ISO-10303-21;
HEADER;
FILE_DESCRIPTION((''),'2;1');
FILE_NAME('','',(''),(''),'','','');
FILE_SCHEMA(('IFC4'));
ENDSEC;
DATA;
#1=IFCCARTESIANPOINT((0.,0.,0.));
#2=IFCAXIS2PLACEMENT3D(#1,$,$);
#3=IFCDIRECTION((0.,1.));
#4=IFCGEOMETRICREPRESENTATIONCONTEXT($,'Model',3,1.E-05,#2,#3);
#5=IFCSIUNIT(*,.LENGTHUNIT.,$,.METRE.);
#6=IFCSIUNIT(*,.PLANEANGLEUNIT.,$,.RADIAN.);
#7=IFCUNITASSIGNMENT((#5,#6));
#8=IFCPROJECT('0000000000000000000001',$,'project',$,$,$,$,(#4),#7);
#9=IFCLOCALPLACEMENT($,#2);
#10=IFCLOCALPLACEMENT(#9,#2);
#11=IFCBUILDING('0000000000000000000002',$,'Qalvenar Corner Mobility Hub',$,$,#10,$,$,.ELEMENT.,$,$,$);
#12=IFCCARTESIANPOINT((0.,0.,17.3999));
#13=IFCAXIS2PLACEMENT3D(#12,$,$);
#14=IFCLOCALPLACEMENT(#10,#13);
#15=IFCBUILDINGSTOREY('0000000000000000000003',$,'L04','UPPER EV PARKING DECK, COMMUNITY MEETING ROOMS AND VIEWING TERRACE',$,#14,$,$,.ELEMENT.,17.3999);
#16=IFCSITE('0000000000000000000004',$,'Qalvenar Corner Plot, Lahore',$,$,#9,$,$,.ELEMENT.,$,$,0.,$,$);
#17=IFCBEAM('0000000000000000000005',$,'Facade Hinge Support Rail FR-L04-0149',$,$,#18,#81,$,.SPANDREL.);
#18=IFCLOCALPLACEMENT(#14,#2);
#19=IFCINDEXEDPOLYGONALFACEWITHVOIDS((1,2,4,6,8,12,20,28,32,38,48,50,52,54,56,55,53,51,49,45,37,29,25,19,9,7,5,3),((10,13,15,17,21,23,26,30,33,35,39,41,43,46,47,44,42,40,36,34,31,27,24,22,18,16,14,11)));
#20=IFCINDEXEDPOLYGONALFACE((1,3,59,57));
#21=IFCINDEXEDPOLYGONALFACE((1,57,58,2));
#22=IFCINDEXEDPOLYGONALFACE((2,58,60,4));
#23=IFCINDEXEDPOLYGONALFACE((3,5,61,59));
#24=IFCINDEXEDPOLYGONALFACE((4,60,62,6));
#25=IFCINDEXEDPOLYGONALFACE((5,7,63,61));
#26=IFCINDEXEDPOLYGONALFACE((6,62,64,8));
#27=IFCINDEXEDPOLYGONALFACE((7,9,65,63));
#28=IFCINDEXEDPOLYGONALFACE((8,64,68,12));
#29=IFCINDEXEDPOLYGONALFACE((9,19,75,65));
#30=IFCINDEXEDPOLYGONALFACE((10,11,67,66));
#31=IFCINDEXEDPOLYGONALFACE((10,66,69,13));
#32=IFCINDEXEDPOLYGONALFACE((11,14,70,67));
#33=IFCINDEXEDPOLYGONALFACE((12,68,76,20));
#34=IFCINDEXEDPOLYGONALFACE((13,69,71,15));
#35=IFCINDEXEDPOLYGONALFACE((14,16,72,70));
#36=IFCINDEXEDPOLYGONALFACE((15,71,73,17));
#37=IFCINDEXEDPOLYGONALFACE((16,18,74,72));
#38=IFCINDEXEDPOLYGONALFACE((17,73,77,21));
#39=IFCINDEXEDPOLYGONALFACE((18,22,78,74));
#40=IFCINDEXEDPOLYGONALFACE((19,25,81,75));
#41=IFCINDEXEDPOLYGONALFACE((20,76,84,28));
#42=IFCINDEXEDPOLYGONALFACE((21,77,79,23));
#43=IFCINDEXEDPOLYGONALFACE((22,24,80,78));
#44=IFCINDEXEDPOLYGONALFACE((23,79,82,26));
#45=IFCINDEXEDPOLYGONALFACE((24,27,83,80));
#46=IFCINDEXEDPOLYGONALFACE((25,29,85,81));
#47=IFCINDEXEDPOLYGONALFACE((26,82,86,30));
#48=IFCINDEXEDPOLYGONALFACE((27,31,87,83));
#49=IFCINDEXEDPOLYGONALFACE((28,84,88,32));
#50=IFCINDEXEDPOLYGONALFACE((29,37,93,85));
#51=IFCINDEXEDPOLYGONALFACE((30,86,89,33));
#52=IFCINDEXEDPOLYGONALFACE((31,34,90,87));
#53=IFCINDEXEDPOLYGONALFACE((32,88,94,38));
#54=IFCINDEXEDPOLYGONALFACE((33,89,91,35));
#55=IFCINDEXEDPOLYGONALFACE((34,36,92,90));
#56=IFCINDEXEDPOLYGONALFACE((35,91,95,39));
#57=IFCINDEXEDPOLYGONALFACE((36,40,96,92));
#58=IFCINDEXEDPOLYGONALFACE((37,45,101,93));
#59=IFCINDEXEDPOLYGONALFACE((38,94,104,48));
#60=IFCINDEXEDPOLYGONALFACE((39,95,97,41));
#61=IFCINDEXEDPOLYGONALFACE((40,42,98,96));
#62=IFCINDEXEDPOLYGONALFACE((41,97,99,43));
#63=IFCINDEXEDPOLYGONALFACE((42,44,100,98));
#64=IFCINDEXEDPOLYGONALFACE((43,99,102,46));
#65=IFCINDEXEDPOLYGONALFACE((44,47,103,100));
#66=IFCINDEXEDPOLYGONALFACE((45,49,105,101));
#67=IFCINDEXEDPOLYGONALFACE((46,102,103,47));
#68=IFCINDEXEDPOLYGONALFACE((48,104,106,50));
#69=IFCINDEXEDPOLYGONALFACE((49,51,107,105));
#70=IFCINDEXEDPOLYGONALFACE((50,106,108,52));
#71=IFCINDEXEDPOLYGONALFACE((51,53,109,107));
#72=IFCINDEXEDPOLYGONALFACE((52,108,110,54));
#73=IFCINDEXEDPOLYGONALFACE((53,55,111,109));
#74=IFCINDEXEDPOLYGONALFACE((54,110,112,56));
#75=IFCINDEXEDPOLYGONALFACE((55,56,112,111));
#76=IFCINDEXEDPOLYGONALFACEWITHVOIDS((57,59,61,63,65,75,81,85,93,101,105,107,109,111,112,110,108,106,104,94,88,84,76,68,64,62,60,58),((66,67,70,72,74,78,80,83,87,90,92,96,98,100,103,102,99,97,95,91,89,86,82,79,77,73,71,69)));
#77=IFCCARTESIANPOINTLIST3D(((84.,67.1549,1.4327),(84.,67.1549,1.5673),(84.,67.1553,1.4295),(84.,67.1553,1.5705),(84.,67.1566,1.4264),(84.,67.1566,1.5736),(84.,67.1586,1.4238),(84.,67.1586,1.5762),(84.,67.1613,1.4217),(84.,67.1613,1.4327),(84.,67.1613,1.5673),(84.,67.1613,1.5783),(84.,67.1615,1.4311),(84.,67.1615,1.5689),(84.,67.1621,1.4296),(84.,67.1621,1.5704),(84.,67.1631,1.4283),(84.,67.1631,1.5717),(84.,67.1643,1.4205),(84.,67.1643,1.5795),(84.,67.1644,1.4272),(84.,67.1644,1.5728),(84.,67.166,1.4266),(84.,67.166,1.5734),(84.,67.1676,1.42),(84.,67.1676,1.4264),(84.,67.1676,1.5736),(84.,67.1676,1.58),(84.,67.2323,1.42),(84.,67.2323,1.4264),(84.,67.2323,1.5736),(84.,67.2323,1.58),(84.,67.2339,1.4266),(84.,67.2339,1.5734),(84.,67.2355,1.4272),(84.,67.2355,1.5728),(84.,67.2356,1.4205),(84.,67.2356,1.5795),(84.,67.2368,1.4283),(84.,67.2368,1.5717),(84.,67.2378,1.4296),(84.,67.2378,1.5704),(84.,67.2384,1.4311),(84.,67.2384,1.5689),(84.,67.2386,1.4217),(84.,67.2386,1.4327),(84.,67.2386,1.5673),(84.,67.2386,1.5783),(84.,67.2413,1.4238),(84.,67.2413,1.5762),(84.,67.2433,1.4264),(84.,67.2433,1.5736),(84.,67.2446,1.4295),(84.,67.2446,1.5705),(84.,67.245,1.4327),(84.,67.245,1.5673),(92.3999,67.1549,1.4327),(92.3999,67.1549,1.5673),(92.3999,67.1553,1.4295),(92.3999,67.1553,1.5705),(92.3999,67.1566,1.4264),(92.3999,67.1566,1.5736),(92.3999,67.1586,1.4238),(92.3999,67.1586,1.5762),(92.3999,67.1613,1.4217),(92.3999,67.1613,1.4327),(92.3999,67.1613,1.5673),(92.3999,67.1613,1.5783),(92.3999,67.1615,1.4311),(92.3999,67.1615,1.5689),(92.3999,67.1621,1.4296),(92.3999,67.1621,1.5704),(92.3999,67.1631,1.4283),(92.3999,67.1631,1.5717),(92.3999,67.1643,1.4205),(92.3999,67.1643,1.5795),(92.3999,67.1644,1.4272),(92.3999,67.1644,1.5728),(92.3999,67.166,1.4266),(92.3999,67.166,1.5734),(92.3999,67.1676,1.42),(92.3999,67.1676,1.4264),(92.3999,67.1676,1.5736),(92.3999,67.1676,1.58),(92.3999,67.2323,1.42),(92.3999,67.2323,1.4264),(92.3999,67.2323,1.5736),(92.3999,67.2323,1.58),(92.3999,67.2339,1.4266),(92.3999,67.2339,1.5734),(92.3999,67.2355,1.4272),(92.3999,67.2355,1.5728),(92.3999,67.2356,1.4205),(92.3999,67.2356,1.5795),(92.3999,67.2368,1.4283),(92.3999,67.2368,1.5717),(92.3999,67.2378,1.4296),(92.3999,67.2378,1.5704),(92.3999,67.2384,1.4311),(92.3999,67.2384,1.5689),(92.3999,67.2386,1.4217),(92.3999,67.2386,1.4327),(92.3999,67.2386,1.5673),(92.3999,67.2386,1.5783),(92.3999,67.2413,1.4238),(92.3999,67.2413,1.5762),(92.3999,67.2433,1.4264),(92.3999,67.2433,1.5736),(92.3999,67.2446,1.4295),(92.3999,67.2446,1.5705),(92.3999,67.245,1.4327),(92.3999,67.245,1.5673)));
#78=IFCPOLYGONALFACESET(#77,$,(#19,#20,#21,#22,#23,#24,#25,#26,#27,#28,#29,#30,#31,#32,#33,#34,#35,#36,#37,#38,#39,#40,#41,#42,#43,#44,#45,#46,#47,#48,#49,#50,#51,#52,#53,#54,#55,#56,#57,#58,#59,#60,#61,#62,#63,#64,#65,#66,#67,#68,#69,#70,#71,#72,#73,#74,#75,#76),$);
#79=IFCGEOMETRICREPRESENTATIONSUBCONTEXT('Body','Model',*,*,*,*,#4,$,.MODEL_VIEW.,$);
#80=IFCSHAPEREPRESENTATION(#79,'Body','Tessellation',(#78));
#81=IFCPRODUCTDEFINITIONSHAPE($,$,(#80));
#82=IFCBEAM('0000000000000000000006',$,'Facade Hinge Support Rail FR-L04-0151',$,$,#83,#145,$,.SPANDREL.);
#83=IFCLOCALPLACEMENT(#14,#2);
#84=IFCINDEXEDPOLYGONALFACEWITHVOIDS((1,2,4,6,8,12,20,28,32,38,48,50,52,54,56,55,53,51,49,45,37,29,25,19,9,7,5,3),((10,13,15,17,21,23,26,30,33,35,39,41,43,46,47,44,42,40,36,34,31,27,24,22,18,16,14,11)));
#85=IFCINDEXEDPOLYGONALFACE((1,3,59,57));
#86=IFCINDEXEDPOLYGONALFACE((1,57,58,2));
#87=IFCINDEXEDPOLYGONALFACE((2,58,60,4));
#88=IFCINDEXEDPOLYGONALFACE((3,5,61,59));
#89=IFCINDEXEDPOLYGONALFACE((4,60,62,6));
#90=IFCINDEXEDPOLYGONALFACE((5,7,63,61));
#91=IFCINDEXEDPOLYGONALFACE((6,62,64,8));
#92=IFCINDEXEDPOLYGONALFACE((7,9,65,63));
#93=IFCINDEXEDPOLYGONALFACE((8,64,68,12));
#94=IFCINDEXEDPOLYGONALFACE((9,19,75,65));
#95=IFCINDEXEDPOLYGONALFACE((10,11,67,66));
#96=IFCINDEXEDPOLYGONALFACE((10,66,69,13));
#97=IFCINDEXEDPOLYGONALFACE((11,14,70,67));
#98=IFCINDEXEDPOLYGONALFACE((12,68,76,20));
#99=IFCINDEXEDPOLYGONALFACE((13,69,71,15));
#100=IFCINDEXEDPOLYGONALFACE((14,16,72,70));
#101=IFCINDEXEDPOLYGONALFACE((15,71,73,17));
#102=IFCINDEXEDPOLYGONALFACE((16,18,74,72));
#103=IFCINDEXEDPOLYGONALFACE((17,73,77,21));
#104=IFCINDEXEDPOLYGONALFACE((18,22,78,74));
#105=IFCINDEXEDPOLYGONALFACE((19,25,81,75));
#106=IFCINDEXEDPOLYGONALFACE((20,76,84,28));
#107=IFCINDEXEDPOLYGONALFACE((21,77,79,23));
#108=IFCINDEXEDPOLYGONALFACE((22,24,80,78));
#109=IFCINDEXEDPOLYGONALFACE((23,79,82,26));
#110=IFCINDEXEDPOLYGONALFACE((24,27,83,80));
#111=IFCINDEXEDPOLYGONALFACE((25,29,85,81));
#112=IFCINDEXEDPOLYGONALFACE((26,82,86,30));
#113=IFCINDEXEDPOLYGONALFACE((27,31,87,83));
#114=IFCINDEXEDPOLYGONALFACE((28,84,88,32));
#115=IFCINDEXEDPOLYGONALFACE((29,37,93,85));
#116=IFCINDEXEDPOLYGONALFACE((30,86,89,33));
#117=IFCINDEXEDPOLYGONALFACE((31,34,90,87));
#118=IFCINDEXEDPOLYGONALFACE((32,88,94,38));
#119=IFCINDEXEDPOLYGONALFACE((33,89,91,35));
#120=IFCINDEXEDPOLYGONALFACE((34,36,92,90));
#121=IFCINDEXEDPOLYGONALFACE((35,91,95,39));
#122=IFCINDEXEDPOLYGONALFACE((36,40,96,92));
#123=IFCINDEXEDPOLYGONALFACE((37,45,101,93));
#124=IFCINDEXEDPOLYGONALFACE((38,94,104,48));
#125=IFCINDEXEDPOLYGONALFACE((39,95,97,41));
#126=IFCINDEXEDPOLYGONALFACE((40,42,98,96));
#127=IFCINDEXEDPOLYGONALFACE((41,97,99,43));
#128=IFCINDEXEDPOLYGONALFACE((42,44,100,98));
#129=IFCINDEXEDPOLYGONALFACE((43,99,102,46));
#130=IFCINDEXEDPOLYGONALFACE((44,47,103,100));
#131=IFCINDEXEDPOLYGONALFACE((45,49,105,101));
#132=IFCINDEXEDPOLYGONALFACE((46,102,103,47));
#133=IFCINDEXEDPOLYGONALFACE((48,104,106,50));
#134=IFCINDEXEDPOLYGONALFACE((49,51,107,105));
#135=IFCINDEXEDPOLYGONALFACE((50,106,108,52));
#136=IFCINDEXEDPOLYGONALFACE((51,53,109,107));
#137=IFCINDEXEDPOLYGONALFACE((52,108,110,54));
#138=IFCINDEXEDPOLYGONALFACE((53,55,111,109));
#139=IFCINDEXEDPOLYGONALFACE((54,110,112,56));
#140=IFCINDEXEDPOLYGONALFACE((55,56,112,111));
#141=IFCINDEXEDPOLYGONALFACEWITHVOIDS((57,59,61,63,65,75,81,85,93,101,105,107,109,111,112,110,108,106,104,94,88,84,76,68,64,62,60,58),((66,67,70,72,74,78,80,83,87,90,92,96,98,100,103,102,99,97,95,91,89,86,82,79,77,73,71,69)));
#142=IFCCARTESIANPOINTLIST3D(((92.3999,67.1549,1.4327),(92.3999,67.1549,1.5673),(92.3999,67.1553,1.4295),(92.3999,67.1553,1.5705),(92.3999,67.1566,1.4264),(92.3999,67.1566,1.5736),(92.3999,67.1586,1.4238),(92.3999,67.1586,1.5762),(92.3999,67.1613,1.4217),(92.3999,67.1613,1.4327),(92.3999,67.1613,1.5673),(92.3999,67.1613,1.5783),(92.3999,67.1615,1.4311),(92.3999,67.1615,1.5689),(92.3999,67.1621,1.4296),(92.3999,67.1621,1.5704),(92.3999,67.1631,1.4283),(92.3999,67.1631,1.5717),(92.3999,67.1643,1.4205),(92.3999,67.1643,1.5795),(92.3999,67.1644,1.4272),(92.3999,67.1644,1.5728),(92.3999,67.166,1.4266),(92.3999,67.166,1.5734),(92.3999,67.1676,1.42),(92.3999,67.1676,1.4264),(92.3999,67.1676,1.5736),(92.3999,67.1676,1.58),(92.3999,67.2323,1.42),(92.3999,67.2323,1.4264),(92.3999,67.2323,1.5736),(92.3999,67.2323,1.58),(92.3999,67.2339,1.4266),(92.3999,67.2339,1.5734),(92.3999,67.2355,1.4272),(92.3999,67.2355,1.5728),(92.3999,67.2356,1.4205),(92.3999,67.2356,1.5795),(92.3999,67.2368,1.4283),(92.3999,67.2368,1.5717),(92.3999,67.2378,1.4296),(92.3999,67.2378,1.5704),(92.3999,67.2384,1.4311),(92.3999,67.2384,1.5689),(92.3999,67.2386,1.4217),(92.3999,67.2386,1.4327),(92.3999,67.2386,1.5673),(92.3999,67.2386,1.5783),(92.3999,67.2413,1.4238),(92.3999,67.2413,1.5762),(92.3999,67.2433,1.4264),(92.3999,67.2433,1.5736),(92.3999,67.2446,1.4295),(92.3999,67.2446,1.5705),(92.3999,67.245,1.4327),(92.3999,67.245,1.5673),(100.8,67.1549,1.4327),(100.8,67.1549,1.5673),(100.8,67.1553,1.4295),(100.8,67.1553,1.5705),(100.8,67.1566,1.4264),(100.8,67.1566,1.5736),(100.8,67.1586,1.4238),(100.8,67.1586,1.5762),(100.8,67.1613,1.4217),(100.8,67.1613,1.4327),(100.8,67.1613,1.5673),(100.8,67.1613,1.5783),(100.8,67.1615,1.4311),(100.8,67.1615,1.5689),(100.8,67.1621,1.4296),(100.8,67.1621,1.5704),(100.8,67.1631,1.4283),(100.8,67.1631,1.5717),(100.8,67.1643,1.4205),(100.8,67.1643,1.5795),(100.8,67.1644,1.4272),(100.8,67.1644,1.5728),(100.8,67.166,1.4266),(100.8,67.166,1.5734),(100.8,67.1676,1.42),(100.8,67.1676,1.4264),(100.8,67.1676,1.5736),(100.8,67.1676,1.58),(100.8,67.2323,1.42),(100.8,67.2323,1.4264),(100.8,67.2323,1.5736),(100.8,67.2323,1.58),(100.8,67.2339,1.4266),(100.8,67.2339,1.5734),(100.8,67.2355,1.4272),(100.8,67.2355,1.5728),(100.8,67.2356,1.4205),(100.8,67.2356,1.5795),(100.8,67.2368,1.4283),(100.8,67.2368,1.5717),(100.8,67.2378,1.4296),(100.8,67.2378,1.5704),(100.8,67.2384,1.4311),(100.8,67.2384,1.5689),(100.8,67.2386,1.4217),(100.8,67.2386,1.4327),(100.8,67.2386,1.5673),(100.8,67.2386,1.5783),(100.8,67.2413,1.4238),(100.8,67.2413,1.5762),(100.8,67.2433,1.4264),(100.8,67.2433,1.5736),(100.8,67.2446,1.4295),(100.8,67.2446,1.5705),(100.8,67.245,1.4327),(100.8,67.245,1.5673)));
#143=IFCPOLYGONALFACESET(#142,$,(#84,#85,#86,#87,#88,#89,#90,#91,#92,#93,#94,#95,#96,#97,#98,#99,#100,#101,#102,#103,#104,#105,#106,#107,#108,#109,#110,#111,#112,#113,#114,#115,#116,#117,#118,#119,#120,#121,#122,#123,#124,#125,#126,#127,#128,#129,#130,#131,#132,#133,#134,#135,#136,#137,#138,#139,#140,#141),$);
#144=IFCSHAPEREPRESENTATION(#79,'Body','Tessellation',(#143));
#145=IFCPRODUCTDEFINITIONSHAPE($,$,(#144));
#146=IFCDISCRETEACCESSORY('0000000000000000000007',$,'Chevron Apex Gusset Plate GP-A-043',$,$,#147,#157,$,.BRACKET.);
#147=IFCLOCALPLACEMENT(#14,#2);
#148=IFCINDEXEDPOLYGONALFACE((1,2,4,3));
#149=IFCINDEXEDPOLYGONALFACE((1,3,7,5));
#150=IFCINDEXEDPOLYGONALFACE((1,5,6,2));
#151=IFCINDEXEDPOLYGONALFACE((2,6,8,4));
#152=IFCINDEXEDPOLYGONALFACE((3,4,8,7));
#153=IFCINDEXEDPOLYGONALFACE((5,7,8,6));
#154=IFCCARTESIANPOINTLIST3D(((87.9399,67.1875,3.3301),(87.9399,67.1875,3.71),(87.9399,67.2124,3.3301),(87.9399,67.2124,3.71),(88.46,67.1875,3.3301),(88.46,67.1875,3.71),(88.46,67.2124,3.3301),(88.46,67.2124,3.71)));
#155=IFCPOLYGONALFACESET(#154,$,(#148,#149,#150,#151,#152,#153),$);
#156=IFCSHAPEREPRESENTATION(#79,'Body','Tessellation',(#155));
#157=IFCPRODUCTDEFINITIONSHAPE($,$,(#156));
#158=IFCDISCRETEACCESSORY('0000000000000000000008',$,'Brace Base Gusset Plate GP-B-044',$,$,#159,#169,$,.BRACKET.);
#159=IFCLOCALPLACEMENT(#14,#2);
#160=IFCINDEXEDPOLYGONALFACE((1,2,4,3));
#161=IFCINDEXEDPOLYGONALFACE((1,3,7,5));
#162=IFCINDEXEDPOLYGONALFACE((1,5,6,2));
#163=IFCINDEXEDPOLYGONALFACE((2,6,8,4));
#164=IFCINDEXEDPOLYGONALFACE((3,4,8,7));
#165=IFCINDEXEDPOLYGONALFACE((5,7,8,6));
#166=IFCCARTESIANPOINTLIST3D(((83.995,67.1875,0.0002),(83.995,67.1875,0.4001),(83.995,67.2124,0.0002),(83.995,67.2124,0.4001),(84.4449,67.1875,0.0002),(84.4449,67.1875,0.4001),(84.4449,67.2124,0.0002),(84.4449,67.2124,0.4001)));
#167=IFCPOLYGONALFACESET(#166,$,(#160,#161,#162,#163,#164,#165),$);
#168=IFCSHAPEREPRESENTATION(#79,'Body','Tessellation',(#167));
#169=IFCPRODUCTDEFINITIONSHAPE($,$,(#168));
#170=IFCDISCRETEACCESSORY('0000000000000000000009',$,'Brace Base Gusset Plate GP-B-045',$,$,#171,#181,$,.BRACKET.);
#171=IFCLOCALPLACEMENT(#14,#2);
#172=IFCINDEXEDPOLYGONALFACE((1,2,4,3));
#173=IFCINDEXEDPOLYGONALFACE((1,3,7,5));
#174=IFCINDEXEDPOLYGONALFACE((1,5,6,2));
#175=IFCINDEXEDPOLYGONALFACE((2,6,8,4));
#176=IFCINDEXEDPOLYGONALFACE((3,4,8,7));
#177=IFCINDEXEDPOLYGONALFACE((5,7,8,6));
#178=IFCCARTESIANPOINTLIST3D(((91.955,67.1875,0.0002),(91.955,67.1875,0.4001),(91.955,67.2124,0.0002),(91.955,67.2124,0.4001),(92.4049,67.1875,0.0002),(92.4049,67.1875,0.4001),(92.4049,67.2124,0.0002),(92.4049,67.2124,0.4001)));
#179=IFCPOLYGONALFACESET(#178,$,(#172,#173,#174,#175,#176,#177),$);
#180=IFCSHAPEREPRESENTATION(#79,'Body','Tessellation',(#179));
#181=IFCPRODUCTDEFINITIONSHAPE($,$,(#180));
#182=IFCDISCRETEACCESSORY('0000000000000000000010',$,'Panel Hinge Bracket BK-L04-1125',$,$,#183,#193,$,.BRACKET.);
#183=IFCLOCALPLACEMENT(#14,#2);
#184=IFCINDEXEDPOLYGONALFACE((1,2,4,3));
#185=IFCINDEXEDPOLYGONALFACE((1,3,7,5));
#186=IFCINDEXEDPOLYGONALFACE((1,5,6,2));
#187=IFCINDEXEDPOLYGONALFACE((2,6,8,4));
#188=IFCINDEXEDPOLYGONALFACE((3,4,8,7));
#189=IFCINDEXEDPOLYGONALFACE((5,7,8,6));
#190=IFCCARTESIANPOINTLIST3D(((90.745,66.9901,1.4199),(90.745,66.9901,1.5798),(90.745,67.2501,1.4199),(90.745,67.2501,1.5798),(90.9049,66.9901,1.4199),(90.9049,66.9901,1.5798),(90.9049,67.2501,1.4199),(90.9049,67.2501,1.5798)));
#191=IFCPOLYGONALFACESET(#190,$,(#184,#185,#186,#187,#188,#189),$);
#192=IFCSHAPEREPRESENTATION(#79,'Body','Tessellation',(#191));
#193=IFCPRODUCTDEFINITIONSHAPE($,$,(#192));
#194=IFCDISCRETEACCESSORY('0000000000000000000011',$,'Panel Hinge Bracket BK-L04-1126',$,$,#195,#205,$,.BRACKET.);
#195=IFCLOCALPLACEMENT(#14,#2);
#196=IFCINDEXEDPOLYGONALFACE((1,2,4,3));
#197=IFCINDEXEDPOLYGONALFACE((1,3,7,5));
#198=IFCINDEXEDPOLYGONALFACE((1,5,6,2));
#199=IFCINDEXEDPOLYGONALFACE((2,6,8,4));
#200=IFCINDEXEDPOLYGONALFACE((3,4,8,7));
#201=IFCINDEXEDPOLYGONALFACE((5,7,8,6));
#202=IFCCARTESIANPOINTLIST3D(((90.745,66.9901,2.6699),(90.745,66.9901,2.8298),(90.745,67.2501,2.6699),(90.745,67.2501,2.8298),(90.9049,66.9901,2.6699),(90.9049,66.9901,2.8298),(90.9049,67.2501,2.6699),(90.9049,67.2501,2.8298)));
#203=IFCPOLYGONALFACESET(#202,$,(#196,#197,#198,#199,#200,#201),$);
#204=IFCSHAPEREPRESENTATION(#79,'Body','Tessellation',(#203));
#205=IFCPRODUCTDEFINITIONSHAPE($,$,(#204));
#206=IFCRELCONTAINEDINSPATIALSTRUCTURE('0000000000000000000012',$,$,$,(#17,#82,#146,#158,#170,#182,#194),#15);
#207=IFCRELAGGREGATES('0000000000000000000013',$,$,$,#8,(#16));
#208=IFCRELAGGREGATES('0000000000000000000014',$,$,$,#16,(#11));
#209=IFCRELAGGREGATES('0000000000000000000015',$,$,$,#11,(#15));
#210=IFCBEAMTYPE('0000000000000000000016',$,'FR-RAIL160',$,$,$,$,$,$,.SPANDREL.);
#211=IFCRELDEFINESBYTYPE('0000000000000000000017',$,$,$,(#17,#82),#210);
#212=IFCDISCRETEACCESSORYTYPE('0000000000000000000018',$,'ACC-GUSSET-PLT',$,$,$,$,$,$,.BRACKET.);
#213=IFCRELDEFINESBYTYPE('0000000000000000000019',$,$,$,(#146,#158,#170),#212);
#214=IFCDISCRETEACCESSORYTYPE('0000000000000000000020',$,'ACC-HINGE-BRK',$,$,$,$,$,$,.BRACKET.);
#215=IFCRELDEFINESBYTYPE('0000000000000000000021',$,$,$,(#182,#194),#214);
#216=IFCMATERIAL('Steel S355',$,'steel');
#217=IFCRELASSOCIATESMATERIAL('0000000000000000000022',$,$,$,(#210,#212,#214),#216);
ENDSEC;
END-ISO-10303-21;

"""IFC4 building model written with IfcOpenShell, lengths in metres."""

from ifc_helpers import new_model, si_unit, direction, frame, origin, origin_2d, place, context, subcontext, project, spatial, rectangle, hollow_rectangle, extrude, material, material_profile, profile_set, type_object, element, save


model = new_model("IFC4")

# Units and contexts
model_context = context("Model", 3, precision=1e-05, world=origin(), true_north=direction((0.0, 1.0)))
body_context = subcontext(model_context, "Body", "Model", "MODEL_VIEW")
ifc_project = project(units=[si_unit("LENGTHUNIT", "METRE"), si_unit("PLANEANGLEUNIT", "RADIAN")], contexts=[model_context])

# Site, building, storey
site_placement = place(None, origin())
site = spatial("IfcSite", under=ifc_project, at=site_placement, Name="Qalvenar Corner Plot, Lahore", CompositionType="ELEMENT", RefElevation=0.0)
building_placement = place(site_placement, origin())
building = spatial("IfcBuilding", under=site, at=building_placement, Name="Qalvenar Corner Mobility Hub", CompositionType="ELEMENT")
storey_placement = place(building_placement, frame((0.0, 0.0, 17.3999)))
storey = spatial("IfcBuildingStorey", under=building, at=storey_placement, Name="L04", Description="UPPER EV PARKING DECK, COMMUNITY MEETING ROOMS AND VIEWING TERRACE", CompositionType="ELEMENT", Elevation=17.3999)

# Shared definitions
ifc_material = material(Name="Steel S355", Category="steel")

# Beams
ifc_material_profile_1 = material_profile(ifc_material, hollow_rectangle(XDim=0.0901, YDim=0.1599, WallThickness=0.0063, InnerFilletRadius=0.0063, OuterFilletRadius=0.0127, at=origin_2d()), Name="RHS160x90x6.3")
ifc_profile_set_1 = profile_set([ifc_material_profile_1], Name="Steel S355")
beam_type_1 = type_object("IfcBeamType", Name="FR-RAIL160", PredefinedType="SPANDREL", material=ifc_profile_set_1)
beam_1_placement = place(storey_placement, frame((84.0, 67.2, 1.5), z_axis=(1.0, 0.0, 0.0), x_axis=(0.0, 1.0, 0.0)))
element("IfcBeam", 1, at=beam_1_placement, inside=storey, type_object=beam_type_1, Name="Facade Hinge Support Rail FR-L04-0149", PredefinedType="SPANDREL", context=body_context, shape_type="SweptSolid", body=[
    extrude(hollow_rectangle(XDim=0.0901, YDim=0.1599, WallThickness=0.0063, InnerFilletRadius=0.0063, OuterFilletRadius=0.0127, at=origin_2d()), origin(), (0.0, 0.0, 1.0), 8.3999),
])
beam_2_placement = place(storey_placement, frame((92.3999, 67.2, 1.5), z_axis=(1.0, 0.0, 0.0), x_axis=(0.0, 1.0, 0.0)))
element("IfcBeam", 2, at=beam_2_placement, inside=storey, type_object=beam_type_1, Name="Facade Hinge Support Rail FR-L04-0151", PredefinedType="SPANDREL", context=body_context, shape_type="SweptSolid", body=[
    extrude(hollow_rectangle(XDim=0.0901, YDim=0.1599, WallThickness=0.0063, InnerFilletRadius=0.0063, OuterFilletRadius=0.0127, at=origin_2d()), origin(), (0.0, 0.0, 1.0), 8.4001),
])

# Discrete accessories
discrete_accessory_type_1 = type_object("IfcDiscreteAccessoryType", Name="ACC-GUSSET-PLT", PredefinedType="BRACKET", material=ifc_material)
discrete_accessory_placement = place(storey_placement, frame((88.2, 67.2, 3.3301), z_axis=(0.0, 0.0, 1.0), x_axis=(1.0, 0.0, 0.0)))
element("IfcDiscreteAccessory", 3, at=discrete_accessory_placement, inside=storey, type_object=discrete_accessory_type_1, Name="Chevron Apex Gusset Plate GP-A-043", PredefinedType="BRACKET", context=body_context, shape_type="SweptSolid", body=[
    extrude(rectangle(XDim=0.52, YDim=0.0249, at=origin_2d()), origin(), (0.0, 0.0, 1.0), 0.3799),
])
for number, where, z_axis, x_axis, name in (
    (4, (84.22, 67.2, 0.0002), (0.0, 0.0, 1.0), (1.0, 0.0, 0.0), "Brace Base Gusset Plate GP-B-044"),
    (5, (92.1799, 67.2, 0.0002), (0.0, 0.0, 1.0), (1.0, 0.0, 0.0), "Brace Base Gusset Plate GP-B-045"),
):
    element("IfcDiscreteAccessory", number, at=place(storey_placement, frame(where, z_axis=z_axis, x_axis=x_axis)), inside=storey, type_object=discrete_accessory_type_1, Name=name, PredefinedType="BRACKET", context=body_context, shape_type="SweptSolid", body=[
        extrude(rectangle(XDim=0.45, YDim=0.0249, at=origin_2d()), origin(), (0.0, 0.0, 1.0), 0.3999),
    ])
discrete_accessory_type_2 = type_object("IfcDiscreteAccessoryType", Name="ACC-HINGE-BRK", PredefinedType="BRACKET", material=ifc_material)
for number, where, z_axis, x_axis, name in (
    (6, (90.825, 67.1201, 1.4199), (0.0, 0.0, 1.0), (1.0, 0.0, 0.0), "Panel Hinge Bracket BK-L04-1125"),
    (7, (90.825, 67.1201, 2.6699), (0.0, 0.0, 1.0), (1.0, 0.0, 0.0), "Panel Hinge Bracket BK-L04-1126"),
):
    element("IfcDiscreteAccessory", number, at=place(storey_placement, frame(where, z_axis=z_axis, x_axis=x_axis)), inside=storey, type_object=discrete_accessory_type_2, Name=name, PredefinedType="BRACKET", context=body_context, shape_type="SweptSolid", body=[
        extrude(rectangle(XDim=0.1599, YDim=0.26, at=origin_2d()), origin(), (0.0, 0.0, 1.0), 0.1599),
    ])

save(model, "model.ifc")
